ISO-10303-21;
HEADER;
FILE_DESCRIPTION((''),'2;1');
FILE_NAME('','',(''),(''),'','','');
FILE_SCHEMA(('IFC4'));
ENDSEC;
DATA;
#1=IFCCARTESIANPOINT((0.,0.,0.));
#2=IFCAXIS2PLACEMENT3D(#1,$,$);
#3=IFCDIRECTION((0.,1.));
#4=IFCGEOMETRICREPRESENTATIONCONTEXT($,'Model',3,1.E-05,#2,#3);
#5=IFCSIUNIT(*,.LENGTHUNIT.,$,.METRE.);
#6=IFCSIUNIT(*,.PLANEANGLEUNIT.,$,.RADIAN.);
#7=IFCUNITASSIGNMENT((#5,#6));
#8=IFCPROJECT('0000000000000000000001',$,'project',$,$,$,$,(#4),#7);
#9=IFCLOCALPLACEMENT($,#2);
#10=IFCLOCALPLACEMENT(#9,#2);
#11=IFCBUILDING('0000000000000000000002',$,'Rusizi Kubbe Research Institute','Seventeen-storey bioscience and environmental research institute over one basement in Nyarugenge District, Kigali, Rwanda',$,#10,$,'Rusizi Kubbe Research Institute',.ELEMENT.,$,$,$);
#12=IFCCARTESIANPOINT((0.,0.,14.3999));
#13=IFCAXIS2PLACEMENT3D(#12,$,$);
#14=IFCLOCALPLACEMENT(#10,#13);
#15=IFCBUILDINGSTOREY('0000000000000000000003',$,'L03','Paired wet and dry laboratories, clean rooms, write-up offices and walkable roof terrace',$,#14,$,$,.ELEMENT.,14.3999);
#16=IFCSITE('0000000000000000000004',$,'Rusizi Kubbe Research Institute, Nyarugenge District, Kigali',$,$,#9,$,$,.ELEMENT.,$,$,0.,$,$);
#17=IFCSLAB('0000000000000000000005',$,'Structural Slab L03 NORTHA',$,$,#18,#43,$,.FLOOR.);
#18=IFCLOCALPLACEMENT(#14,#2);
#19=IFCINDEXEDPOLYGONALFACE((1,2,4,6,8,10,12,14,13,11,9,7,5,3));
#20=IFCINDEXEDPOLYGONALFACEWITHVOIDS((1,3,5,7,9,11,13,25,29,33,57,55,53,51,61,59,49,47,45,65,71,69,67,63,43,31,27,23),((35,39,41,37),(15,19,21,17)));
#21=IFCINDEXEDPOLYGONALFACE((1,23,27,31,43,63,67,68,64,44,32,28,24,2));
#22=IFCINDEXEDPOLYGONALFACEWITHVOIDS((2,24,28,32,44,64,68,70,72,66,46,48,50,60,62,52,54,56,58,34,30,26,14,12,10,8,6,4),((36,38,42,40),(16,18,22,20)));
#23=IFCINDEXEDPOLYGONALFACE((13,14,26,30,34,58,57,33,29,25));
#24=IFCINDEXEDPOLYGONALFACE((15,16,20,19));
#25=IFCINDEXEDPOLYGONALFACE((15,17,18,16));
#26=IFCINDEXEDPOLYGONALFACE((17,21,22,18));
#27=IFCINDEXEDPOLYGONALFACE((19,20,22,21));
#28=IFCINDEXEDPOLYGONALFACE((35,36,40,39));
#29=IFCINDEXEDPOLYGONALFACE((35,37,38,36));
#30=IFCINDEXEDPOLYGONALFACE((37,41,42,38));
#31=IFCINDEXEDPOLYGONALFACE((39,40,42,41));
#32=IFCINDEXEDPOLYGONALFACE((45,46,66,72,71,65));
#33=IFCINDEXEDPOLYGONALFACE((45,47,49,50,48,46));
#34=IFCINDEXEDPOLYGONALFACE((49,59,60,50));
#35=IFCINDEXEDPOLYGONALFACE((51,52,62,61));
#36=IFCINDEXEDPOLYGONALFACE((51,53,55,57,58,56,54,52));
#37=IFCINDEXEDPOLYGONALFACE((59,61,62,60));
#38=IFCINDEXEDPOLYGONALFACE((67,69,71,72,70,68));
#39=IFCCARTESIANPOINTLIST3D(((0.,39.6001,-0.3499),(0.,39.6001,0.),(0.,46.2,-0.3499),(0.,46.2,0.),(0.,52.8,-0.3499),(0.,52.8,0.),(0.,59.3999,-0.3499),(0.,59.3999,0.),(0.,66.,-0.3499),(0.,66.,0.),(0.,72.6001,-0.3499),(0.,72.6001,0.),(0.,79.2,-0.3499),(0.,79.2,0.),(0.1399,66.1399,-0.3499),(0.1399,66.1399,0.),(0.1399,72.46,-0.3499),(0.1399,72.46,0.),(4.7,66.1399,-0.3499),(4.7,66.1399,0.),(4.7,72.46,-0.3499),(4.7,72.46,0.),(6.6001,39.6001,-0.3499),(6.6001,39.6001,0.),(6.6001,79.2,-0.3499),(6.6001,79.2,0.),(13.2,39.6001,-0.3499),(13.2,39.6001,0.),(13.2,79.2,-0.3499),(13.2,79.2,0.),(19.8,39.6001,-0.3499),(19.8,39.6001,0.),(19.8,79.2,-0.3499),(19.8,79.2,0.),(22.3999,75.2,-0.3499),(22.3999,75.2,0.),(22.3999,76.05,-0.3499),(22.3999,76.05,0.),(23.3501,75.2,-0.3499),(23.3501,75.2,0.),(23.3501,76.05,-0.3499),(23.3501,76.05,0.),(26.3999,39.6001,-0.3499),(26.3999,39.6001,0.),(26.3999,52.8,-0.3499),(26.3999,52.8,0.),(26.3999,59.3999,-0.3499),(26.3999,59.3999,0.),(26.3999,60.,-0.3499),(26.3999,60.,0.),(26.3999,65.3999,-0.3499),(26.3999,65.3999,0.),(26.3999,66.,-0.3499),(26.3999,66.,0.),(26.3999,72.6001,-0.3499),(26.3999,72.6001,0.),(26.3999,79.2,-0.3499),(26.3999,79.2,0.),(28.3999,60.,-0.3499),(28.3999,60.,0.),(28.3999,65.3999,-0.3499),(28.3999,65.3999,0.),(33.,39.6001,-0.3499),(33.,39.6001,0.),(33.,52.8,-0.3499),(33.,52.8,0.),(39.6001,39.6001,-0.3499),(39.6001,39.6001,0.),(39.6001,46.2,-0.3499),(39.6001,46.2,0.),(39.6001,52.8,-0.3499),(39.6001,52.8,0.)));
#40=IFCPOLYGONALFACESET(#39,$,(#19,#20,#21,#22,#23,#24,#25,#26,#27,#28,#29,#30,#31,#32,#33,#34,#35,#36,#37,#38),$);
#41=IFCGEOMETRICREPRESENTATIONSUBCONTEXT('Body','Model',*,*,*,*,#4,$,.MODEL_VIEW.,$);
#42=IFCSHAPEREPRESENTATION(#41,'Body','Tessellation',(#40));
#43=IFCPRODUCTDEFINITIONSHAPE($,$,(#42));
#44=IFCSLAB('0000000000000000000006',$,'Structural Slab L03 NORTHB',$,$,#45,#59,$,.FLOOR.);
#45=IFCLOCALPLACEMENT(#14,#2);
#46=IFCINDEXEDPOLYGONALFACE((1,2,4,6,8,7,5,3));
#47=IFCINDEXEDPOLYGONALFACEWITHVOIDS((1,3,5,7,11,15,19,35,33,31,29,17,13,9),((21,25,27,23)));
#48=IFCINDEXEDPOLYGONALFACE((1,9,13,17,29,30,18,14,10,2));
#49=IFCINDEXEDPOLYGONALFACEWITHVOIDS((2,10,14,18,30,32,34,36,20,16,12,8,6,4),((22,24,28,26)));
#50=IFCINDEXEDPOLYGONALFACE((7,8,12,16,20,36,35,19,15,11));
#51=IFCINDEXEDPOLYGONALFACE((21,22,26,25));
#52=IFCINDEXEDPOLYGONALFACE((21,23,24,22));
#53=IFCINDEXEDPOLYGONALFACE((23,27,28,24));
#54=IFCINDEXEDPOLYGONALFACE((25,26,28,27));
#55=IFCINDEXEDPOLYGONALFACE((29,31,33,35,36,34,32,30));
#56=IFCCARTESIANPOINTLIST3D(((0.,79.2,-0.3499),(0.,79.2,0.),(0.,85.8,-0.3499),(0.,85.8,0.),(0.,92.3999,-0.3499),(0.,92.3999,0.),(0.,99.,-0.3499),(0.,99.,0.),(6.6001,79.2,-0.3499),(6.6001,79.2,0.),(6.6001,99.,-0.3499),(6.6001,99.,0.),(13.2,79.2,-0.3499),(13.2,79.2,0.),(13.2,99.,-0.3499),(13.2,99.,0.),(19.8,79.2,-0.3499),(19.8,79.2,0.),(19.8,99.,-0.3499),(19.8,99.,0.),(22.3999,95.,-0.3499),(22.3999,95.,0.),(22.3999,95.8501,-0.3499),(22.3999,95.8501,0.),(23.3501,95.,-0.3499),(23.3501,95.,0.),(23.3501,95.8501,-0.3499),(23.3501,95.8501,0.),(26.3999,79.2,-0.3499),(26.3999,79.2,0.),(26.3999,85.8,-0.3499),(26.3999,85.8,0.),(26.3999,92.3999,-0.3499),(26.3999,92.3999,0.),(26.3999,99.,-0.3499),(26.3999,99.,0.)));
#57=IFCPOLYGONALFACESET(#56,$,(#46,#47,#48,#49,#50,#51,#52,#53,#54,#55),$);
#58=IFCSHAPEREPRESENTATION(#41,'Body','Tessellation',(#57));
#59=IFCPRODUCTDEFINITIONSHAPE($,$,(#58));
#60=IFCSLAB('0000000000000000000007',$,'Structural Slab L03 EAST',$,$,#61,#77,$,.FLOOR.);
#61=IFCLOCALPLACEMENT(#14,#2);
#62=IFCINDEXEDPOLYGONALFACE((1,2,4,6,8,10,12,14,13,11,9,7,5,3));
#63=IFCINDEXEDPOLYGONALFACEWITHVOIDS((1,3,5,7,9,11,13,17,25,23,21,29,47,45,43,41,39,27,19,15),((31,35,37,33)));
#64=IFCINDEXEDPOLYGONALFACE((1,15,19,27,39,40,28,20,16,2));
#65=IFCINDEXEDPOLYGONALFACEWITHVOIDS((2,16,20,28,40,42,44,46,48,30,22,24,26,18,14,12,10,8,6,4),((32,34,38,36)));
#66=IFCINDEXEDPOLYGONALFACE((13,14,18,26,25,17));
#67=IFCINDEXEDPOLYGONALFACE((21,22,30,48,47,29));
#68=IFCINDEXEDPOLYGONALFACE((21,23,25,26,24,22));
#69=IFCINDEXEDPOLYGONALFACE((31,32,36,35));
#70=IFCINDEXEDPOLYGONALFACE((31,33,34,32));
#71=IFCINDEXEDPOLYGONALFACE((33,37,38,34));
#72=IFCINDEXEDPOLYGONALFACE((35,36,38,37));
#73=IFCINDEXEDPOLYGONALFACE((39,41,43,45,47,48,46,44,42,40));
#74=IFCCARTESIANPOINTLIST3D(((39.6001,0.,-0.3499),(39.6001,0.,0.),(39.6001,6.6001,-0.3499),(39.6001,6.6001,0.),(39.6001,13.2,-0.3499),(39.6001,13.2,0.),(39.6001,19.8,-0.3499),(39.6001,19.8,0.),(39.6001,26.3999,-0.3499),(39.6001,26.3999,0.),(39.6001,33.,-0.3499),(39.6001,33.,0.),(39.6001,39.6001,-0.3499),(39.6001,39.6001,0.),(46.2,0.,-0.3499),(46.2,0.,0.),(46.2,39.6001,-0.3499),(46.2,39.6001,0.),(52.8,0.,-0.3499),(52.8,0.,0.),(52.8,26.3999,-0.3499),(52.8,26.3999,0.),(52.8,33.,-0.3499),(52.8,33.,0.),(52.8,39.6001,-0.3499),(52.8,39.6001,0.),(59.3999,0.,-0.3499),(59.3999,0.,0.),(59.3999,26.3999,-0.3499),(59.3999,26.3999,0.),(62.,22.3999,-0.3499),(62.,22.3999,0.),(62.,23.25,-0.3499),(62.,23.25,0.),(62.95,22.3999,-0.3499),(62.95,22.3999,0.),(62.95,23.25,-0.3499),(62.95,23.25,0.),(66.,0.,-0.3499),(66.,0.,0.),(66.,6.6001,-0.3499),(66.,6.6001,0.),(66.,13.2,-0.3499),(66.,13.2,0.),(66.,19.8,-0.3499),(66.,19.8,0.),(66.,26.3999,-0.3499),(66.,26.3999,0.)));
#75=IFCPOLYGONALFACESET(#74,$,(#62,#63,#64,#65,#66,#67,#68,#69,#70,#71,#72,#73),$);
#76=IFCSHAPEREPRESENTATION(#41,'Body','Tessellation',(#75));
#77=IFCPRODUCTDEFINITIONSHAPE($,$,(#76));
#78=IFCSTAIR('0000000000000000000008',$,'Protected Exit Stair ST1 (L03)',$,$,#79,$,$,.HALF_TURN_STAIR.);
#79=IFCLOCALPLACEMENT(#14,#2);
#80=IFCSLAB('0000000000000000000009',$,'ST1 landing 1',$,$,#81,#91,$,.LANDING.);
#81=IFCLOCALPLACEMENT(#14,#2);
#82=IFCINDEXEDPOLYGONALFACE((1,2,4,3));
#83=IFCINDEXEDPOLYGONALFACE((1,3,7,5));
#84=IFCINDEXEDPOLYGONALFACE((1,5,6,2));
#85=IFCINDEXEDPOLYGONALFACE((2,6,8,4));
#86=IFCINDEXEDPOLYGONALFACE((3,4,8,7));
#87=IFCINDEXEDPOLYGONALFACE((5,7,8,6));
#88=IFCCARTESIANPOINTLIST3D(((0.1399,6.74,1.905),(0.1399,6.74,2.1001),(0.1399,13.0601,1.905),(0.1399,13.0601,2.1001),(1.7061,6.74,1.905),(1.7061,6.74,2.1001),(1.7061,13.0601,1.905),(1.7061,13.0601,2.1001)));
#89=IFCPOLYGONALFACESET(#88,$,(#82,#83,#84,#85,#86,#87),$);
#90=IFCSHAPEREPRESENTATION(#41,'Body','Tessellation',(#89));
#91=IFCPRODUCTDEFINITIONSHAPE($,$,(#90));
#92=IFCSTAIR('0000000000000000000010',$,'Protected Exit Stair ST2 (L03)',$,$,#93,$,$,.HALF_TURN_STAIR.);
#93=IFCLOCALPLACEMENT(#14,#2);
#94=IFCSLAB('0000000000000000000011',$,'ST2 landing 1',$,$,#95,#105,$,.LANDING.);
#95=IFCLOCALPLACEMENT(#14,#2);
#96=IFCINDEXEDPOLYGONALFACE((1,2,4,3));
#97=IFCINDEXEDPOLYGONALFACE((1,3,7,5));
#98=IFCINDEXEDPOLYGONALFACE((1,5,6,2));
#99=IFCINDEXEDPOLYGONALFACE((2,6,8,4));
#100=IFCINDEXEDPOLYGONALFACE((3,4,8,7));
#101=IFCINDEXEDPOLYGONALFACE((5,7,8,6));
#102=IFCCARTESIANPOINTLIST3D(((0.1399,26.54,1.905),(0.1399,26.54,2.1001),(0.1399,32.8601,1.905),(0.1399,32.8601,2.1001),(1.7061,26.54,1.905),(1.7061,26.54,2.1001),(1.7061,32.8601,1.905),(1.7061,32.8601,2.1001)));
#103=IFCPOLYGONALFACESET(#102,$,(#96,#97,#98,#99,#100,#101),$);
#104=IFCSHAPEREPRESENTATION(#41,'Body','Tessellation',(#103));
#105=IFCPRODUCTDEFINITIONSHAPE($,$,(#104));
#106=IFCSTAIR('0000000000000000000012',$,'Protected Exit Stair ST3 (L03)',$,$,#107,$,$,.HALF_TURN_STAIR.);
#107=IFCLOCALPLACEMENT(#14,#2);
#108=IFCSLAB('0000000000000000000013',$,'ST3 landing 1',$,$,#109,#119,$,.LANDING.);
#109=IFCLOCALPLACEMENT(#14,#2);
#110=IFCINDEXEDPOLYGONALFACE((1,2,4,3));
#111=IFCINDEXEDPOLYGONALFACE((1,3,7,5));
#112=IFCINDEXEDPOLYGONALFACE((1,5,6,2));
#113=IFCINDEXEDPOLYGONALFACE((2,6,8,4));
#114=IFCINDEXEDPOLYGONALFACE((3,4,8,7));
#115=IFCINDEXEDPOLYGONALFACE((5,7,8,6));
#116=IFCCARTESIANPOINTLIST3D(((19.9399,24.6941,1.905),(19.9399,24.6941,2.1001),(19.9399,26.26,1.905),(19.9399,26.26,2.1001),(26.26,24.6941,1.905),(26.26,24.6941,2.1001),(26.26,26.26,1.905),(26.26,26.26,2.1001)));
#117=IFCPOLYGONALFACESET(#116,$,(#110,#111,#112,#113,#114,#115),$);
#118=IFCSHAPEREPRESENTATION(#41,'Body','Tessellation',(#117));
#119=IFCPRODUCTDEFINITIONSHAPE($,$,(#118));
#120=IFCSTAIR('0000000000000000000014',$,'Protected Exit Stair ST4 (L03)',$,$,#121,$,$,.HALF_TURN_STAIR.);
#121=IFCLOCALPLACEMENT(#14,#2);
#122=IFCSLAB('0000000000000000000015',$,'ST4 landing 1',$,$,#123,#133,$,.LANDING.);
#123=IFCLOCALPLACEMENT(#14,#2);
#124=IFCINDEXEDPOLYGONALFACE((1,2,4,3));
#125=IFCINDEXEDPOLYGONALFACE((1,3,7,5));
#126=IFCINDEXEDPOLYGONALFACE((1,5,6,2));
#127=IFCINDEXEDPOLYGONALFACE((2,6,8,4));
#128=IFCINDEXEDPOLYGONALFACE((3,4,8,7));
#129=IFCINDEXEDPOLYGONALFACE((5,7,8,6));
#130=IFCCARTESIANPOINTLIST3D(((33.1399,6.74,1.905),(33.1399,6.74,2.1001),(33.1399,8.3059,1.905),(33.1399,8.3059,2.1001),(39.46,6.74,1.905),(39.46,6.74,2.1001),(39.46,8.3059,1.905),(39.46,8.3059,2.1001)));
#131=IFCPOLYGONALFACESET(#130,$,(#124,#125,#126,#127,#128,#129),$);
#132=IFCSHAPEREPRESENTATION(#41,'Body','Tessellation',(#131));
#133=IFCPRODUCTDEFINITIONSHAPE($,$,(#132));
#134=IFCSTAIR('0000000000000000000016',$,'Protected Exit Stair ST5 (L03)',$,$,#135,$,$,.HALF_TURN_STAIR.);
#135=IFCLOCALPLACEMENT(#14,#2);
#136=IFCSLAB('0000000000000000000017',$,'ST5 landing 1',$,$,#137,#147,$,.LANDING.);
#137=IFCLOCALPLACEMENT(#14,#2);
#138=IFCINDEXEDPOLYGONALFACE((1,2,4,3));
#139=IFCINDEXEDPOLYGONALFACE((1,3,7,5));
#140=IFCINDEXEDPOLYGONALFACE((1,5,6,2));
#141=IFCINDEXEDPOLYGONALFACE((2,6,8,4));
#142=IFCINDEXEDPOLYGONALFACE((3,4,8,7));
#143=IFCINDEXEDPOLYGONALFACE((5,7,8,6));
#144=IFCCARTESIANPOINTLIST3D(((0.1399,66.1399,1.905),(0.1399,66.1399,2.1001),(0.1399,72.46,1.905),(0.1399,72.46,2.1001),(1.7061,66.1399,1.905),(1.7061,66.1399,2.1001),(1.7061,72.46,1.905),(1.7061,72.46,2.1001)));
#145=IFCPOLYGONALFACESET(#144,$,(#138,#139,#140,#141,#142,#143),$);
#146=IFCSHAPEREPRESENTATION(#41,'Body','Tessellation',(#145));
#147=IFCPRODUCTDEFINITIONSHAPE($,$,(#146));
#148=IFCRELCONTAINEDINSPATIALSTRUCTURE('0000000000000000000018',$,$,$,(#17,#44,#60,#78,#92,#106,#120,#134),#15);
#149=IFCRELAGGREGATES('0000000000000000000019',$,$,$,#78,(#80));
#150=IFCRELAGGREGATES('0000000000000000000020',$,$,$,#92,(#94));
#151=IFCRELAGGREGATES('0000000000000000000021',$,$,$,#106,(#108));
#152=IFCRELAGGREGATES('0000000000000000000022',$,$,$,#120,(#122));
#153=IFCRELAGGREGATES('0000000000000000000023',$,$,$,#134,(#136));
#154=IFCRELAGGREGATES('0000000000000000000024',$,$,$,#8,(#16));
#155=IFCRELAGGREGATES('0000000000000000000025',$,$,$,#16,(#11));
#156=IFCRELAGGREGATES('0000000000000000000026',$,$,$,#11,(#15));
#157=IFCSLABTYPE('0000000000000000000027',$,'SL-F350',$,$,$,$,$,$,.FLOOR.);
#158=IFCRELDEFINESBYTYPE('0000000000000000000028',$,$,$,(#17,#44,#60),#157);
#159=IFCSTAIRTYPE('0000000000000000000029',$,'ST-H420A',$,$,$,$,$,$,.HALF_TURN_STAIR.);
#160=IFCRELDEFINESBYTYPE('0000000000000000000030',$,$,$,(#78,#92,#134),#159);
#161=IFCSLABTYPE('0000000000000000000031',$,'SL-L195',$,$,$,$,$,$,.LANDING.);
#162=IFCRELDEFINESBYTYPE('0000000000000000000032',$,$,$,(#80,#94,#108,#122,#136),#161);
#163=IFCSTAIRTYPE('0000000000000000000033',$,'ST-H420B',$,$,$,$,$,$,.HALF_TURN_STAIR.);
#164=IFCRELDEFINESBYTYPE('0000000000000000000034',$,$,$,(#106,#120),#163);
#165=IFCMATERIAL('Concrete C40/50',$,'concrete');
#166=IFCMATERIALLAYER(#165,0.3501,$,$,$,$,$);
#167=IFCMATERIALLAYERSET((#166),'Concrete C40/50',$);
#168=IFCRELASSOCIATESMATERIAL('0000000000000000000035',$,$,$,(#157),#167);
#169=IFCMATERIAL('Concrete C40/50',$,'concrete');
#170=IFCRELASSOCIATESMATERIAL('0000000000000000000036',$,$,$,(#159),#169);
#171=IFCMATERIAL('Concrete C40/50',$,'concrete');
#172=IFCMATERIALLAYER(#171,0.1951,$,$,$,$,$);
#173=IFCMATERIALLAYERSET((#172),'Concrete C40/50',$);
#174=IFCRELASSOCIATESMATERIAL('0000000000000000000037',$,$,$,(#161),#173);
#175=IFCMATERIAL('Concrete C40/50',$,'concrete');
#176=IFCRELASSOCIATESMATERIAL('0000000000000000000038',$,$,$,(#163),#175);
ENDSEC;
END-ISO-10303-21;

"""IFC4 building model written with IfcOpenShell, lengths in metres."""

from ifc_helpers import new_model, si_unit, direction, frame, origin, place, context, subcontext, project, spatial, polyline, outline, extrude, material, layer, layer_set, type_object, element, aggregate, save


model = new_model("IFC4")

# Units and contexts
model_context = context("Model", 3, precision=1e-05, world=origin(), true_north=direction((0.0, 1.0)))
body_context = subcontext(model_context, "Body", "Model", "MODEL_VIEW")
ifc_project = project(units=[si_unit("LENGTHUNIT", "METRE"), si_unit("PLANEANGLEUNIT", "RADIAN")], contexts=[model_context])

# Site, building, storey
site_placement = place(None, origin())
site = spatial("IfcSite", under=ifc_project, at=site_placement, Name="Rusizi Kubbe Research Institute, Nyarugenge District, Kigali", CompositionType="ELEMENT", RefElevation=0.0)
building_placement = place(site_placement, origin())
building = spatial("IfcBuilding", under=site, at=building_placement, Name="Rusizi Kubbe Research Institute", Description="Seventeen-storey bioscience and environmental research institute over one basement in Nyarugenge District, Kigali, Rwanda", LongName="Rusizi Kubbe Research Institute", CompositionType="ELEMENT")
storey_placement = place(building_placement, frame((0.0, 0.0, 14.3999)))
storey = spatial("IfcBuildingStorey", under=building, at=storey_placement, Name="L03", Description="Paired wet and dry laboratories, clean rooms, write-up offices and walkable roof terrace", CompositionType="ELEMENT", Elevation=14.3999)

# Slabs
ifc_material_1 = material(Name="Concrete C40/50", Category="concrete")
ifc_layer_1 = layer(ifc_material_1, 0.3501)
ifc_layer_set_1 = layer_set([ifc_layer_1], Name="Concrete C40/50")
slab_type_1 = type_object("IfcSlabType", Name="SL-F350", PredefinedType="FLOOR", material=ifc_layer_set_1)
slab_1_placement = place(storey_placement, frame((0.0, 0.0, -0.3499)))
element("IfcSlab", 1, at=slab_1_placement, inside=storey, type_object=slab_type_1, Name="Structural Slab L03 NORTHA", PredefinedType="FLOOR", context=body_context, shape_type="SweptSolid", body=[
    extrude(outline(polyline([(0.0, 72.6001), (0.0, 79.2), (6.6001, 79.2), (13.2, 79.2), (19.8, 79.2), (26.3999, 79.2), (26.3999, 72.6001), (26.3999, 66.0), (26.3999, 65.3999), (28.3999, 65.3999), (28.3999, 60.0), (26.3999, 60.0), (26.3999, 59.3999), (26.3999, 52.8), (33.0, 52.8), (39.6001, 52.8), (39.6001, 46.2), (39.6001, 39.6001), (33.0, 39.6001), (26.3999, 39.6001), (19.8, 39.6001), (13.2, 39.6001), (6.6001, 39.6001), (0.0, 39.6001), (0.0, 46.2), (0.0, 52.8), (0.0, 59.3999), (0.0, 66.0), (0.0, 72.6001)]), holes=[polyline([(4.7, 72.46), (0.1399, 72.46), (0.1399, 66.1399), (4.7, 66.1399), (4.7, 72.46)]), polyline([(23.3501, 76.05), (22.3999, 76.05), (22.3999, 75.2), (23.3501, 75.2), (23.3501, 76.05)])]), origin(), (0.0, 0.0, 1.0), 0.3499),
])
slab_2_placement = place(storey_placement, frame((0.0, 0.0, -0.3499)))
element("IfcSlab", 2, at=slab_2_placement, inside=storey, type_object=slab_type_1, Name="Structural Slab L03 NORTHB", PredefinedType="FLOOR", context=body_context, shape_type="SweptSolid", body=[
    extrude(outline(polyline([(0.0, 99.0), (6.6001, 99.0), (13.2, 99.0), (19.8, 99.0), (26.3999, 99.0), (26.3999, 92.3999), (26.3999, 85.8), (26.3999, 79.2), (19.8, 79.2), (13.2, 79.2), (6.6001, 79.2), (0.0, 79.2), (0.0, 85.8), (0.0, 92.3999), (0.0, 99.0)]), holes=[polyline([(23.3501, 95.8501), (22.3999, 95.8501), (22.3999, 95.0), (23.3501, 95.0), (23.3501, 95.8501)])]), origin(), (0.0, 0.0, 1.0), 0.3499),
])
slab_3_placement = place(storey_placement, frame((0.0, 0.0, -0.3499)))
element("IfcSlab", 3, at=slab_3_placement, inside=storey, type_object=slab_type_1, Name="Structural Slab L03 EAST", PredefinedType="FLOOR", context=body_context, shape_type="SweptSolid", body=[
    extrude(outline(polyline([(39.6001, 26.3999), (39.6001, 33.0), (39.6001, 39.6001), (46.2, 39.6001), (52.8, 39.6001), (52.8, 33.0), (52.8, 26.3999), (59.3999, 26.3999), (66.0, 26.3999), (66.0, 19.8), (66.0, 13.2), (66.0, 6.6001), (66.0, 0.0), (59.3999, 0.0), (52.8, 0.0), (46.2, 0.0), (39.6001, 0.0), (39.6001, 6.6001), (39.6001, 13.2), (39.6001, 19.8), (39.6001, 26.3999)]), holes=[polyline([(62.0, 23.25), (62.0, 22.3999), (62.95, 22.3999), (62.95, 23.25), (62.0, 23.25)])]), origin(), (0.0, 0.0, 1.0), 0.3499),
])

# Stairs, slabs
ifc_material_2 = material(Name="Concrete C40/50", Category="concrete")
stair_type_1 = type_object("IfcStairType", Name="ST-H420A", PredefinedType="HALF_TURN_STAIR", material=ifc_material_2)
stair_1_placement = place(storey_placement, origin())
stair_1 = element("IfcStair", 4, at=stair_1_placement, inside=storey, type_object=stair_type_1, Name="Protected Exit Stair ST1 (L03)", PredefinedType="HALF_TURN_STAIR")
ifc_material_3 = material(Name="Concrete C40/50", Category="concrete")
ifc_layer_2 = layer(ifc_material_3, 0.1951)
ifc_layer_set_2 = layer_set([ifc_layer_2], Name="Concrete C40/50")
slab_type_2 = type_object("IfcSlabType", Name="SL-L195", PredefinedType="LANDING", material=ifc_layer_set_2)
slab_4_placement = place(storey_placement, frame((0.0, 0.0, 1.905)))
slab_4 = element("IfcSlab", 5, at=slab_4_placement, type_object=slab_type_2, Name="ST1 landing 1", PredefinedType="LANDING", context=body_context, shape_type="SweptSolid", body=[
    extrude(outline(polyline([(1.7061, 13.0601), (0.1399, 13.0601), (0.1399, 6.74), (1.7061, 6.74), (1.7061, 13.0601)])), origin(), (0.0, 0.0, 1.0), 0.1951),
])
aggregate(stair_1, [slab_4])
stair_2_placement = place(storey_placement, origin())
stair_2 = element("IfcStair", 6, at=stair_2_placement, inside=storey, type_object=stair_type_1, Name="Protected Exit Stair ST2 (L03)", PredefinedType="HALF_TURN_STAIR")
slab_5_placement = place(storey_placement, frame((0.0, 0.0, 1.905)))
slab_5 = element("IfcSlab", 7, at=slab_5_placement, type_object=slab_type_2, Name="ST2 landing 1", PredefinedType="LANDING", context=body_context, shape_type="SweptSolid", body=[
    extrude(outline(polyline([(1.7061, 32.8601), (0.1399, 32.8601), (0.1399, 26.54), (1.7061, 26.54), (1.7061, 32.8601)])), origin(), (0.0, 0.0, 1.0), 0.1951),
])
aggregate(stair_2, [slab_5])
ifc_material_4 = material(Name="Concrete C40/50", Category="concrete")
stair_type_2 = type_object("IfcStairType", Name="ST-H420B", PredefinedType="HALF_TURN_STAIR", material=ifc_material_4)
stair_3_placement = place(storey_placement, origin())
stair_3 = element("IfcStair", 8, at=stair_3_placement, inside=storey, type_object=stair_type_2, Name="Protected Exit Stair ST3 (L03)", PredefinedType="HALF_TURN_STAIR")
slab_6_placement = place(storey_placement, frame((0.0, 0.0, 1.905)))
slab_6 = element("IfcSlab", 9, at=slab_6_placement, type_object=slab_type_2, Name="ST3 landing 1", PredefinedType="LANDING", context=body_context, shape_type="SweptSolid", body=[
    extrude(outline(polyline([(26.26, 24.6941), (26.26, 26.26), (19.9399, 26.26), (19.9399, 24.6941), (26.26, 24.6941)])), origin(), (0.0, 0.0, 1.0), 0.1951),
])
aggregate(stair_3, [slab_6])
stair_4_placement = place(storey_placement, origin())
stair_4 = element("IfcStair", 10, at=stair_4_placement, inside=storey, type_object=stair_type_2, Name="Protected Exit Stair ST4 (L03)", PredefinedType="HALF_TURN_STAIR")
slab_7_placement = place(storey_placement, frame((0.0, 0.0, 1.905)))
slab_7 = element("IfcSlab", 11, at=slab_7_placement, type_object=slab_type_2, Name="ST4 landing 1", PredefinedType="LANDING", context=body_context, shape_type="SweptSolid", body=[
    extrude(outline(polyline([(33.1399, 8.3059), (33.1399, 6.74), (39.46, 6.74), (39.46, 8.3059), (33.1399, 8.3059)])), origin(), (0.0, 0.0, 1.0), 0.1951),
])
aggregate(stair_4, [slab_7])
stair_5_placement = place(storey_placement, origin())
stair_5 = element("IfcStair", 12, at=stair_5_placement, inside=storey, type_object=stair_type_1, Name="Protected Exit Stair ST5 (L03)", PredefinedType="HALF_TURN_STAIR")
slab_8_placement = place(storey_placement, frame((0.0, 0.0, 1.905)))
slab_8 = element("IfcSlab", 13, at=slab_8_placement, type_object=slab_type_2, Name="ST5 landing 1", PredefinedType="LANDING", context=body_context, shape_type="SweptSolid", body=[
    extrude(outline(polyline([(1.7061, 72.46), (0.1399, 72.46), (0.1399, 66.1399), (1.7061, 66.1399), (1.7061, 72.46)])), origin(), (0.0, 0.0, 1.0), 0.1951),
])
aggregate(stair_5, [slab_8])

save(model, "model.ifc")
